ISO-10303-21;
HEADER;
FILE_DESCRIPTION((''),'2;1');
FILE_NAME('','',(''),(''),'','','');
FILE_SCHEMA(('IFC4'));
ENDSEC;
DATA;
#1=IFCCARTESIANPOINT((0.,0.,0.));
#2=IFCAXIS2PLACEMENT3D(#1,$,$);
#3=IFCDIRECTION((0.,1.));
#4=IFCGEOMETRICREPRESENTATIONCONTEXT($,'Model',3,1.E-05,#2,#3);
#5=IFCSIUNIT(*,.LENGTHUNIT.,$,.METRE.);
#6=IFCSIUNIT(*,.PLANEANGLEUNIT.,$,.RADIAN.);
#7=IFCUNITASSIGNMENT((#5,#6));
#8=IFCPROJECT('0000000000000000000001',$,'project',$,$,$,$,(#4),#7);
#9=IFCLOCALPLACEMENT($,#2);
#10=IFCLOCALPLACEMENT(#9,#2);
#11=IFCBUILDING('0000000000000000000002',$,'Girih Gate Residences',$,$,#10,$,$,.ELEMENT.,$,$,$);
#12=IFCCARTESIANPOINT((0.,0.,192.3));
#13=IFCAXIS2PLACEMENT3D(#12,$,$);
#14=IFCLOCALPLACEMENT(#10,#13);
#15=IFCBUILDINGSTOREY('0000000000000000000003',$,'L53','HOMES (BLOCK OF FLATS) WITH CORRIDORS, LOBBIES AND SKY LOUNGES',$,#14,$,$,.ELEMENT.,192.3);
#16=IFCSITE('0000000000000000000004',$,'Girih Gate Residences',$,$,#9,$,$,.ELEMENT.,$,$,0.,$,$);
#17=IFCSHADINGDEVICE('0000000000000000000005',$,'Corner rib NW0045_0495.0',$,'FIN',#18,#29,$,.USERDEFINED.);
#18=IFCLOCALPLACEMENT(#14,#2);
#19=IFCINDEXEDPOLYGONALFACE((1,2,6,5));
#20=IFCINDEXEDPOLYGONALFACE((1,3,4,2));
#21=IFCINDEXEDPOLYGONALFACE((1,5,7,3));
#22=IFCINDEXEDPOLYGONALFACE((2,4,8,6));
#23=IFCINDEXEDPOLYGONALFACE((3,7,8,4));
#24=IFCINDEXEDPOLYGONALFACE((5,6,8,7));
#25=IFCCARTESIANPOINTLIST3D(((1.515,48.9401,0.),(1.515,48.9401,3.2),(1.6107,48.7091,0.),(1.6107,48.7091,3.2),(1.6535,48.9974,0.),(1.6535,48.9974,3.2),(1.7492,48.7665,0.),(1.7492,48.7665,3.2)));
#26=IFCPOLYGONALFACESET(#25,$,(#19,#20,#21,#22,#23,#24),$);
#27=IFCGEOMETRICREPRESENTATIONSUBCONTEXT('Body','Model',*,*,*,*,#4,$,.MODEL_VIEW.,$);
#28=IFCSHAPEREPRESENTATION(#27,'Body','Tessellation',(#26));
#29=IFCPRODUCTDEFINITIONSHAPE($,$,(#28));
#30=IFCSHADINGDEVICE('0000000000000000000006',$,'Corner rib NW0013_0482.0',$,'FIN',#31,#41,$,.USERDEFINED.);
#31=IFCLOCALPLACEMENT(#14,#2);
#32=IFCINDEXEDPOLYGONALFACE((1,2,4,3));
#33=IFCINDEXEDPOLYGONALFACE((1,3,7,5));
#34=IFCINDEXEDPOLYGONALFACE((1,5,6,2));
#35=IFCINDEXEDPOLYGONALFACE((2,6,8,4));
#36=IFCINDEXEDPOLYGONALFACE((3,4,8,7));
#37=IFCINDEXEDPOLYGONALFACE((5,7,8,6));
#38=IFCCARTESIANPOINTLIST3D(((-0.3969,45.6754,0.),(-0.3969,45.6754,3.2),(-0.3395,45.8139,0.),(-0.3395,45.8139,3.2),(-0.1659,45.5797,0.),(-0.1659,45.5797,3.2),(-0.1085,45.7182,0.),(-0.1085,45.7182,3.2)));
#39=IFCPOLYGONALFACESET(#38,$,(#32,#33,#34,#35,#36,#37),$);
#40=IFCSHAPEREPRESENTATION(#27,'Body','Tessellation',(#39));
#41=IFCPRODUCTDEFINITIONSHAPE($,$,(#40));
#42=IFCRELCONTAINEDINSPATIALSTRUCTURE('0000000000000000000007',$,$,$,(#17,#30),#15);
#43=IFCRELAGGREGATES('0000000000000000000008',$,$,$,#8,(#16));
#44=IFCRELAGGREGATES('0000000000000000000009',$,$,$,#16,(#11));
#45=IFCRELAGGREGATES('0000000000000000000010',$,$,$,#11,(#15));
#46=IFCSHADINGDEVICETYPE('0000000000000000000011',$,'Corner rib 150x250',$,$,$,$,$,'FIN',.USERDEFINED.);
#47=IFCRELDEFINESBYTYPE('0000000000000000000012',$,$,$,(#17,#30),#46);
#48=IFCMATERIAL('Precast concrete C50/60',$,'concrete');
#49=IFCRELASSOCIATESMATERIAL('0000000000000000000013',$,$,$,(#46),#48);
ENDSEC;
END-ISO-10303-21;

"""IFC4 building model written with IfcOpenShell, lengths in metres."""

from ifc_helpers import new_model, si_unit, direction, frame, origin, origin_2d, place, context, subcontext, project, spatial, rectangle, extrude, material, type_object, element, save


model = new_model("IFC4")

# Units and contexts
model_context = context("Model", 3, precision=1e-05, world=origin(), true_north=direction((0.0, 1.0)))
body_context = subcontext(model_context, "Body", "Model", "MODEL_VIEW")
ifc_project = project(units=[si_unit("LENGTHUNIT", "METRE"), si_unit("PLANEANGLEUNIT", "RADIAN")], contexts=[model_context])

# Site, building, storey
site_placement = place(None, origin())
site = spatial("IfcSite", under=ifc_project, at=site_placement, Name="Girih Gate Residences", CompositionType="ELEMENT", RefElevation=0.0)
building_placement = place(site_placement, origin())
building = spatial("IfcBuilding", under=site, at=building_placement, Name="Girih Gate Residences", CompositionType="ELEMENT")
storey_placement = place(building_placement, frame((0.0, 0.0, 192.3)))
storey = spatial("IfcBuildingStorey", under=building, at=storey_placement, Name="L53", Description="HOMES (BLOCK OF FLATS) WITH CORRIDORS, LOBBIES AND SKY LOUNGES", CompositionType="ELEMENT", Elevation=192.3)

# Shared definitions
ifc_material_1 = material(Name="Precast concrete C50/60", Category="concrete")

# Shading devices
shading_device_type = type_object("IfcShadingDeviceType", Name="Corner rib 150x250", ElementType="FIN", PredefinedType="USERDEFINED", material=ifc_material_1)
for number, where, z_axis, x_axis, name in (
    (1, (1.6321, 48.8533, 0.0), (0.0, 0.0, 1.0), (-0.92388, -0.382683, 0.0), "Corner rib NW0045_0495.0"),
    (2, (-0.2527, 45.6968, 0.0), (0.0, 0.0, 1.0), (-0.382683, -0.92388, 0.0), "Corner rib NW0013_0482.0"),
):
    element("IfcShadingDevice", number, at=place(storey_placement, frame(where, z_axis=z_axis, x_axis=x_axis)), inside=storey, type_object=shading_device_type, Name=name, ObjectType="FIN", PredefinedType="USERDEFINED", context=body_context, shape_type="SweptSolid", body=[
        extrude(rectangle(XDim=0.1499, YDim=0.25, at=origin_2d()), origin(), (0.0, 0.0, 1.0), 3.2),
    ])

save(model, "model.ifc")
